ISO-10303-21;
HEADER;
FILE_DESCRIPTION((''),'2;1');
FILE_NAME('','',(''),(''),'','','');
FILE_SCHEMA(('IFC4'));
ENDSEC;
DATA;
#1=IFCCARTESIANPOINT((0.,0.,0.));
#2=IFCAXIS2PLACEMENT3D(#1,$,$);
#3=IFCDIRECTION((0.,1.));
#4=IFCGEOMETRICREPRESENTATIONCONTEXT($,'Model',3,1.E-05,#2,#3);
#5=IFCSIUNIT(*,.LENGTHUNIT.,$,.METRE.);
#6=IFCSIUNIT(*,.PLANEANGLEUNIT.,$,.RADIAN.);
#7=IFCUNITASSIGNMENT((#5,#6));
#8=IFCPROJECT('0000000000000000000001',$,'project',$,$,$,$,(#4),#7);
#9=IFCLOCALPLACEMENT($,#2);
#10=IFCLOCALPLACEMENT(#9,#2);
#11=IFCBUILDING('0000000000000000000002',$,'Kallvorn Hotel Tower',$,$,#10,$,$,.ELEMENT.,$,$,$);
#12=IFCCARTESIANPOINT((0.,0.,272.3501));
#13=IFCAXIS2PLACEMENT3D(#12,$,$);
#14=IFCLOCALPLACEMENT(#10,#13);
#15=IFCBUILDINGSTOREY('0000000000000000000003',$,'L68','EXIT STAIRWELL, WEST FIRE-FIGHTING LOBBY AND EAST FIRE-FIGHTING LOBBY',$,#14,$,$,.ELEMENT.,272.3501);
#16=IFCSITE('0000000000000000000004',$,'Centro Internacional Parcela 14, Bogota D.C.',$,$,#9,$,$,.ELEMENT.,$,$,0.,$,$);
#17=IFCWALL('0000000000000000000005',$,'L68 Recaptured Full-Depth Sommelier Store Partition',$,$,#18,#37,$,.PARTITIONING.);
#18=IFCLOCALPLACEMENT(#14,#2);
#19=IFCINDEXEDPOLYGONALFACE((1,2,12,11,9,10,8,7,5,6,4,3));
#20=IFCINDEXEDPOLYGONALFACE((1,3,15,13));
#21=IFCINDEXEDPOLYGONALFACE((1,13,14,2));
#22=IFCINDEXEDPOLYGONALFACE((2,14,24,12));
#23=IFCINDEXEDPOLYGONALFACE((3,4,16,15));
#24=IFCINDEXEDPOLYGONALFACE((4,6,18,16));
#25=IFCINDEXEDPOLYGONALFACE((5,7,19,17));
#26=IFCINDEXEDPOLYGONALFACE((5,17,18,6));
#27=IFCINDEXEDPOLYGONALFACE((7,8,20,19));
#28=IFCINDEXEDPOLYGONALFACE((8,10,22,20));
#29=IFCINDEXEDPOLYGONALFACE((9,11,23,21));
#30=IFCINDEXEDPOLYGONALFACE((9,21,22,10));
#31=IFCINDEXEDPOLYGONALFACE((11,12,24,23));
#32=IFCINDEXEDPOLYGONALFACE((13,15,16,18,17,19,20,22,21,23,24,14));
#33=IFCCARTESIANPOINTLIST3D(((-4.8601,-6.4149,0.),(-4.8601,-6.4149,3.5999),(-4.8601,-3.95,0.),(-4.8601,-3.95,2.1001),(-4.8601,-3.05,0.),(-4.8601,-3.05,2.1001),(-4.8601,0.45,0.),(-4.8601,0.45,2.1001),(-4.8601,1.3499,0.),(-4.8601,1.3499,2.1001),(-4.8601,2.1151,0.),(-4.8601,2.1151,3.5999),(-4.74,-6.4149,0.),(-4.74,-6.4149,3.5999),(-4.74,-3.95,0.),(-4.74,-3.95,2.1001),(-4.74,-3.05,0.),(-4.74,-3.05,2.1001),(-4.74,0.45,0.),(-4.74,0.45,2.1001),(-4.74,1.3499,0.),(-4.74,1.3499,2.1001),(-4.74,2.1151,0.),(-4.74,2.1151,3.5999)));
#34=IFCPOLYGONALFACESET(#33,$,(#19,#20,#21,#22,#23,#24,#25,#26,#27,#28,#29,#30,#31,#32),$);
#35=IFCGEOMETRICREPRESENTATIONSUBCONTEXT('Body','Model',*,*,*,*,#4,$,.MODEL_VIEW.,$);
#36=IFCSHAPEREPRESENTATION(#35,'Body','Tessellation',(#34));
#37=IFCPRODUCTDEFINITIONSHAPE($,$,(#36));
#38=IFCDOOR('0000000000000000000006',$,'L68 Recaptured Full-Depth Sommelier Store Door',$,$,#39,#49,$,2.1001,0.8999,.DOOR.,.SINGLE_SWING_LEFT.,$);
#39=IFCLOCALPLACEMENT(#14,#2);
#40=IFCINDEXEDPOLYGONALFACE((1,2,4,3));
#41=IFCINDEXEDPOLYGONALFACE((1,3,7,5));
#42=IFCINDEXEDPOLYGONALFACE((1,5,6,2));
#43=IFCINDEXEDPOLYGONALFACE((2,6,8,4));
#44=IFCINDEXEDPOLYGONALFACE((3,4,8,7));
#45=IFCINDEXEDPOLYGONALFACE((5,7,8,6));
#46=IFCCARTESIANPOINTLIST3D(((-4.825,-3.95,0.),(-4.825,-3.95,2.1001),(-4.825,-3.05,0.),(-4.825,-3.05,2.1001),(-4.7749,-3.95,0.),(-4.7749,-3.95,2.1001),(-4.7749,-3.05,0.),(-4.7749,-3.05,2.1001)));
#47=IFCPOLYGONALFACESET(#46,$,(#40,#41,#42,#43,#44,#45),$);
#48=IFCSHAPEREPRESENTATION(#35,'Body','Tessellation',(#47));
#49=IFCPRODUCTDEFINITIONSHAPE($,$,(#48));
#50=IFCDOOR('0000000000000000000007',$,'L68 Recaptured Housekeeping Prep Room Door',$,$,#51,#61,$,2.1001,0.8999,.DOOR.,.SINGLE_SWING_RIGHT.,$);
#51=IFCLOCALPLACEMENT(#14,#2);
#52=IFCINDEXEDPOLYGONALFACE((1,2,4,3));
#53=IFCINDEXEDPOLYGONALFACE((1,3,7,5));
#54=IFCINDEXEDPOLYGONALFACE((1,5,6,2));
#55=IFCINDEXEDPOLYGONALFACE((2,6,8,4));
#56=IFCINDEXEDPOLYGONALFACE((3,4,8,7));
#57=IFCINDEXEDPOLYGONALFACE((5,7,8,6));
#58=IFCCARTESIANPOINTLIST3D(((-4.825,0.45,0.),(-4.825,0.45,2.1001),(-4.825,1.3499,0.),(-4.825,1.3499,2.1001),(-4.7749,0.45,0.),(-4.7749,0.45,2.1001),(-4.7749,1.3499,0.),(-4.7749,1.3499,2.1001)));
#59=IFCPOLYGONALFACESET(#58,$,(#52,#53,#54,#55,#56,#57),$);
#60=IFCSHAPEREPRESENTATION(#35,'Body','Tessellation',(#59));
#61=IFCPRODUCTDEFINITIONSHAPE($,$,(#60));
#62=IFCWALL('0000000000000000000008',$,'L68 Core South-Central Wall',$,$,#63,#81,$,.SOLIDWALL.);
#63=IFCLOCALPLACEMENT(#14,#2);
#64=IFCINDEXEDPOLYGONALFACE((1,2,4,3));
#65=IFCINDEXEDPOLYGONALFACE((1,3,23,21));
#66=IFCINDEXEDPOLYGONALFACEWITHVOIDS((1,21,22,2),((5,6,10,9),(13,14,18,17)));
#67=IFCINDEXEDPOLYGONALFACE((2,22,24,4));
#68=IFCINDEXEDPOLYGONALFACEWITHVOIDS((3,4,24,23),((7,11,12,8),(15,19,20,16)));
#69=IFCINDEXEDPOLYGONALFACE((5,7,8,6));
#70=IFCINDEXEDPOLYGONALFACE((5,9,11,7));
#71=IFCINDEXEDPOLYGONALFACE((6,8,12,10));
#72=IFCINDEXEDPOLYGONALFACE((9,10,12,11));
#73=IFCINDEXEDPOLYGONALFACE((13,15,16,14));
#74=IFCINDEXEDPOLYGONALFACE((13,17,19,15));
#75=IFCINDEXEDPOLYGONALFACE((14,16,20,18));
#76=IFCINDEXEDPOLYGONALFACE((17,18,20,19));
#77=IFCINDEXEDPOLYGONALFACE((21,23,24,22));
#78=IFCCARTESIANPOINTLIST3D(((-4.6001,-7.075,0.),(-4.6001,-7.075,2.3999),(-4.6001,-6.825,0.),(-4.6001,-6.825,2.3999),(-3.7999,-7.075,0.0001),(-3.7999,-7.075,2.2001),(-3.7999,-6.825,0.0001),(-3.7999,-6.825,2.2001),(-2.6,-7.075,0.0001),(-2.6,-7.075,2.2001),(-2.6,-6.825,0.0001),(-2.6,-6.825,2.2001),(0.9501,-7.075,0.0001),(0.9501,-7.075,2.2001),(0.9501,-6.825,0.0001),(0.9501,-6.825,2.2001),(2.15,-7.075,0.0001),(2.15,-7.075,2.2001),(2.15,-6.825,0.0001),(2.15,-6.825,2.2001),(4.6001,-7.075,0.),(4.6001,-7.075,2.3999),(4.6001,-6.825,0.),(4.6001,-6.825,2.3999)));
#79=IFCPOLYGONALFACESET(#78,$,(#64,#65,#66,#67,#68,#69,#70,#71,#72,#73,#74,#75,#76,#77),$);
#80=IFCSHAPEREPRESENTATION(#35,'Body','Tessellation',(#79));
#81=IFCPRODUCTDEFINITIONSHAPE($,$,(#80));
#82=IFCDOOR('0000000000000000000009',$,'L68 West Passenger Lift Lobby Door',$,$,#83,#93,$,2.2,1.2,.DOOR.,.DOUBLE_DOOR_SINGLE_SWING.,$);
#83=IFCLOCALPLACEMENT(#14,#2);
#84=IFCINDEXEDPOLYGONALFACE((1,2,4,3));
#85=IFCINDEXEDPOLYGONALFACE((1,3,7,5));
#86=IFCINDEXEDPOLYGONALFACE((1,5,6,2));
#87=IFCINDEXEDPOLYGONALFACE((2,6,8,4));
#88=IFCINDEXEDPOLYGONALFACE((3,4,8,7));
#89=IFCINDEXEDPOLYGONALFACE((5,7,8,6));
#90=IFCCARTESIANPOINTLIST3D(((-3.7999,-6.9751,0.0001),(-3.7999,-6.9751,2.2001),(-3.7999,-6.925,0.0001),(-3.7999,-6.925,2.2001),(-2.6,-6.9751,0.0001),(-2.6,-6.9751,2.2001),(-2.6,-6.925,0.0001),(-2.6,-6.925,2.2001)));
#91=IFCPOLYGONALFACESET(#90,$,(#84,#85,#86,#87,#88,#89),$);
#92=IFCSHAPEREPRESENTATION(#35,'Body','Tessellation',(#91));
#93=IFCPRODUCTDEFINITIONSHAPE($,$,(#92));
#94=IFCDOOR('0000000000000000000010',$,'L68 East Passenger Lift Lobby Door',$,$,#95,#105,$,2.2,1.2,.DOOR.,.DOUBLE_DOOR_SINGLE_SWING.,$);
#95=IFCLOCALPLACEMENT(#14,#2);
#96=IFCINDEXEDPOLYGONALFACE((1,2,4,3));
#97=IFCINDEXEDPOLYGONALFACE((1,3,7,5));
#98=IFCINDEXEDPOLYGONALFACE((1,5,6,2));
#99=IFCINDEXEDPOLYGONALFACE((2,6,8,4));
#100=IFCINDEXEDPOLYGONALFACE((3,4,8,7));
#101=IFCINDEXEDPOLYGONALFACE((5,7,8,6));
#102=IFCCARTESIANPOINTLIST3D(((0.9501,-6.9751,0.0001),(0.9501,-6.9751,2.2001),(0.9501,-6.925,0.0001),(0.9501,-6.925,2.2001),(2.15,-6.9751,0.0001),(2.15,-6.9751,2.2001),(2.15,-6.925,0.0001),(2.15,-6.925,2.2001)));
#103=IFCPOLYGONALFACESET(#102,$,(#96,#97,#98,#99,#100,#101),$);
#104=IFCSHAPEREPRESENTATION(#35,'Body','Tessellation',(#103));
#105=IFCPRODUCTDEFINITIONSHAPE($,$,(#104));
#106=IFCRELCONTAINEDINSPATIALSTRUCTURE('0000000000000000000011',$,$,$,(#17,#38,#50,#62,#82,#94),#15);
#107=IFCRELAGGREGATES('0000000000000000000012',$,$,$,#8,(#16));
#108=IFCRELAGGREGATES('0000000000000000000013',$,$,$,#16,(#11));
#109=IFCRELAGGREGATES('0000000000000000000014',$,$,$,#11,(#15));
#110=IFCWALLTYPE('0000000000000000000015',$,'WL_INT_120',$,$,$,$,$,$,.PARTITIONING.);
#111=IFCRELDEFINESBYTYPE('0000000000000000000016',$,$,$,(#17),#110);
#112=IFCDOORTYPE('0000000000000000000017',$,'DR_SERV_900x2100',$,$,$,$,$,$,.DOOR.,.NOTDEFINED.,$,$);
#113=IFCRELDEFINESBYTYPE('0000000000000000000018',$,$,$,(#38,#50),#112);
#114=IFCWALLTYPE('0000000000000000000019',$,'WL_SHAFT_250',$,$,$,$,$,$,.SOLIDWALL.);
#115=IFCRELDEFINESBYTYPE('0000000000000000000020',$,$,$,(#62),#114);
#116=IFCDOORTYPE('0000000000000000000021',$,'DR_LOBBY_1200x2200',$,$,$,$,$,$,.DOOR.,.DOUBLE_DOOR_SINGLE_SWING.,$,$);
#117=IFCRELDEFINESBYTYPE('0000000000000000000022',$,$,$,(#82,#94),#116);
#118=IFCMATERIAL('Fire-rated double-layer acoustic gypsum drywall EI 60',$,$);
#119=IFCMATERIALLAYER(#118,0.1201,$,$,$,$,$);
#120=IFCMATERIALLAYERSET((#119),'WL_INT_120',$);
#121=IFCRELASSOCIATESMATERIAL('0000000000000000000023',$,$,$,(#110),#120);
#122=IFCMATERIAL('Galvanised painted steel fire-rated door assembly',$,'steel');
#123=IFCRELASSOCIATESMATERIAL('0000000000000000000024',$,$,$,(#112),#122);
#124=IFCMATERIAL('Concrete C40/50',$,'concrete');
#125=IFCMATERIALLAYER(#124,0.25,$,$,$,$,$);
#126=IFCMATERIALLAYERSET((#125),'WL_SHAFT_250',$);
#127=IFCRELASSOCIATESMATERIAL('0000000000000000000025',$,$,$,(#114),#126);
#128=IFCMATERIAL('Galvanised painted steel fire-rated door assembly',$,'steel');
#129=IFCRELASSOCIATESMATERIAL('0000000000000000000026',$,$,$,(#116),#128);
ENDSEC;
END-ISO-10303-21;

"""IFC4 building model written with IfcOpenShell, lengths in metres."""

from ifc_helpers import new_model, si_unit, direction, frame, frame_2d, origin, place, context, subcontext, project, spatial, rectangle, extrude, material, layer, layer_set, type_object, element, fill, save


model = new_model("IFC4")

# Units and contexts
model_context = context("Model", 3, precision=1e-05, world=origin(), true_north=direction((0.0, 1.0)))
body_context = subcontext(model_context, "Body", "Model", "MODEL_VIEW")
ifc_project = project(units=[si_unit("LENGTHUNIT", "METRE"), si_unit("PLANEANGLEUNIT", "RADIAN")], contexts=[model_context])

# Site, building, storey
site_placement = place(None, origin())
site = spatial("IfcSite", under=ifc_project, at=site_placement, Name="Centro Internacional Parcela 14, Bogota D.C.", CompositionType="ELEMENT", RefElevation=0.0)
building_placement = place(site_placement, origin())
building = spatial("IfcBuilding", under=site, at=building_placement, Name="Kallvorn Hotel Tower", CompositionType="ELEMENT")
storey_placement = place(building_placement, frame((0.0, 0.0, 272.3501)))
storey = spatial("IfcBuildingStorey", under=building, at=storey_placement, Name="L68", Description="EXIT STAIRWELL, WEST FIRE-FIGHTING LOBBY AND EAST FIRE-FIGHTING LOBBY", CompositionType="ELEMENT", Elevation=272.3501)

# Shared definitions
ifc_material_1 = material(Name="Fire-rated double-layer acoustic gypsum drywall EI 60")
ifc_layer_1 = layer(ifc_material_1, 0.1201)
ifc_layer_set_1 = layer_set([ifc_layer_1], Name="WL_INT_120")
wall_type_1 = type_object("IfcWallType", Name="WL_INT_120", PredefinedType="PARTITIONING", material=ifc_layer_set_1)

# Walls, openings, doors
wall_1_placement = place(storey_placement, frame((-4.8, -6.415, 0.0), z_axis=(0.0, 0.0, 1.0), x_axis=(0.0, 1.0, 0.0)))
wall_1 = element("IfcWall", 1, at=wall_1_placement, inside=storey, type_object=wall_type_1, Name="L68 Recaptured Full-Depth Sommelier Store Partition", PredefinedType="PARTITIONING", context=body_context, shape_type="SweptSolid", body=[
    extrude(rectangle(XDim=8.53, YDim=0.1201, at=frame_2d((4.2651, 0.0))), origin(), (0.0, 0.0, 1.0), 3.5999),
])
opening_1_placement = place(wall_1_placement, frame((2.4651, 0.0, 0.0)))
opening_1 = element("IfcOpeningElement", 2, at=opening_1_placement, cuts=wall_1, PredefinedType="OPENING", context=body_context, shape_type="SweptSolid", body=[
    extrude(rectangle(XDim=0.8999, YDim=2.1001, at=frame_2d((0.45, 1.05))), frame((0.0, 0.075, 0.0), z_axis=(0.0, -1.0, 0.0), x_axis=(1.0, 0.0, 0.0)), (0.0, 0.0, 1.0), 0.1501),
])
opening_2_placement = place(wall_1_placement, frame((6.865, 0.0, 0.0)))
opening_2 = element("IfcOpeningElement", 3, at=opening_2_placement, cuts=wall_1, PredefinedType="OPENING", context=body_context, shape_type="SweptSolid", body=[
    extrude(rectangle(XDim=0.8999, YDim=2.1001, at=frame_2d((0.45, 1.05))), frame((0.0, 0.075, 0.0), z_axis=(0.0, -1.0, 0.0), x_axis=(1.0, 0.0, 0.0)), (0.0, 0.0, 1.0), 0.1501),
])
ifc_material_2 = material(Name="Galvanised painted steel fire-rated door assembly", Category="steel")
door_type_1 = type_object("IfcDoorType", Name="DR_SERV_900x2100", OperationType="NOTDEFINED", PredefinedType="DOOR", material=ifc_material_2)
door_1_placement = place(opening_1_placement, origin())
door_1 = element("IfcDoor", 4, at=door_1_placement, inside=storey, type_object=door_type_1, Name="L68 Recaptured Full-Depth Sommelier Store Door", OperationType="SINGLE_SWING_LEFT", OverallHeight=2.1001, OverallWidth=0.8999, PredefinedType="DOOR", context=body_context, shape_type="SweptSolid", body=[
    extrude(rectangle(XDim=0.8999, YDim=2.1001, at=frame_2d((0.45, 1.05))), frame((0.0, 0.0249, 0.0), z_axis=(0.0, -1.0, 0.0), x_axis=(1.0, 0.0, 0.0)), (0.0, 0.0, 1.0), 0.05),
])
fill(opening_1, door_1)
door_2_placement = place(opening_2_placement, origin())
door_2 = element("IfcDoor", 5, at=door_2_placement, inside=storey, type_object=door_type_1, Name="L68 Recaptured Housekeeping Prep Room Door", OperationType="SINGLE_SWING_RIGHT", OverallHeight=2.1001, OverallWidth=0.8999, PredefinedType="DOOR", context=body_context, shape_type="SweptSolid", body=[
    extrude(rectangle(XDim=0.8999, YDim=2.1001, at=frame_2d((0.45, 1.05))), frame((0.0, 0.0249, 0.0), z_axis=(0.0, -1.0, 0.0), x_axis=(1.0, 0.0, 0.0)), (0.0, 0.0, 1.0), 0.05),
])
fill(opening_2, door_2)
ifc_material_3 = material(Name="Concrete C40/50", Category="concrete")
ifc_layer_2 = layer(ifc_material_3, 0.25)
ifc_layer_set_2 = layer_set([ifc_layer_2], Name="WL_SHAFT_250")
wall_type_2 = type_object("IfcWallType", Name="WL_SHAFT_250", PredefinedType="SOLIDWALL", material=ifc_layer_set_2)
wall_2_placement = place(storey_placement, frame((-4.6001, -6.95, 0.0), z_axis=(0.0, 0.0, 1.0), x_axis=(1.0, 0.0, 0.0)))
wall_2 = element("IfcWall", 6, at=wall_2_placement, inside=storey, type_object=wall_type_2, Name="L68 Core South-Central Wall", PredefinedType="SOLIDWALL", context=body_context, shape_type="SweptSolid", body=[
    extrude(rectangle(XDim=9.2002, YDim=0.25, at=frame_2d((4.6001, 0.0))), origin(), (0.0, 0.0, 1.0), 2.3999),
])
opening_3_placement = place(wall_2_placement, frame((0.8, 0.0, 0.0)))
opening_3 = element("IfcOpeningElement", 7, at=opening_3_placement, cuts=wall_2, PredefinedType="OPENING", context=body_context, shape_type="SweptSolid", body=[
    extrude(rectangle(XDim=1.2, YDim=2.2, at=frame_2d((0.6001, 1.1001))), frame((0.0, 0.1399, 0.0), z_axis=(0.0, -1.0, 0.0), x_axis=(1.0, 0.0, 0.0)), (0.0, 0.0, 1.0), 0.28),
])
opening_4_placement = place(wall_2_placement, frame((5.55, 0.0, 0.0)))
opening_4 = element("IfcOpeningElement", 8, at=opening_4_placement, cuts=wall_2, PredefinedType="OPENING", context=body_context, shape_type="SweptSolid", body=[
    extrude(rectangle(XDim=1.2, YDim=2.2, at=frame_2d((0.6001, 1.1001))), frame((0.0, 0.1399, 0.0), z_axis=(0.0, -1.0, 0.0), x_axis=(1.0, 0.0, 0.0)), (0.0, 0.0, 1.0), 0.28),
])
ifc_material_4 = material(Name="Galvanised painted steel fire-rated door assembly", Category="steel")
door_type_2 = type_object("IfcDoorType", Name="DR_LOBBY_1200x2200", OperationType="DOUBLE_DOOR_SINGLE_SWING", PredefinedType="DOOR", material=ifc_material_4)
door_3_placement = place(opening_3_placement, origin())
door_3 = element("IfcDoor", 9, at=door_3_placement, inside=storey, type_object=door_type_2, Name="L68 West Passenger Lift Lobby Door", OperationType="DOUBLE_DOOR_SINGLE_SWING", OverallHeight=2.2, OverallWidth=1.2, PredefinedType="DOOR", context=body_context, shape_type="SweptSolid", body=[
    extrude(rectangle(XDim=1.2, YDim=2.2, at=frame_2d((0.6001, 1.1001))), frame((0.0, 0.0249, 0.0), z_axis=(0.0, -1.0, 0.0), x_axis=(1.0, 0.0, 0.0)), (0.0, 0.0, 1.0), 0.05),
])
fill(opening_3, door_3)
door_4_placement = place(opening_4_placement, origin())
door_4 = element("IfcDoor", 10, at=door_4_placement, inside=storey, type_object=door_type_2, Name="L68 East Passenger Lift Lobby Door", OperationType="DOUBLE_DOOR_SINGLE_SWING", OverallHeight=2.2, OverallWidth=1.2, PredefinedType="DOOR", context=body_context, shape_type="SweptSolid", body=[
    extrude(rectangle(XDim=1.2, YDim=2.2, at=frame_2d((0.6001, 1.1001))), frame((0.0, 0.0249, 0.0), z_axis=(0.0, -1.0, 0.0), x_axis=(1.0, 0.0, 0.0)), (0.0, 0.0, 1.0), 0.05),
])
fill(opening_4, door_4)

save(model, "model.ifc")
